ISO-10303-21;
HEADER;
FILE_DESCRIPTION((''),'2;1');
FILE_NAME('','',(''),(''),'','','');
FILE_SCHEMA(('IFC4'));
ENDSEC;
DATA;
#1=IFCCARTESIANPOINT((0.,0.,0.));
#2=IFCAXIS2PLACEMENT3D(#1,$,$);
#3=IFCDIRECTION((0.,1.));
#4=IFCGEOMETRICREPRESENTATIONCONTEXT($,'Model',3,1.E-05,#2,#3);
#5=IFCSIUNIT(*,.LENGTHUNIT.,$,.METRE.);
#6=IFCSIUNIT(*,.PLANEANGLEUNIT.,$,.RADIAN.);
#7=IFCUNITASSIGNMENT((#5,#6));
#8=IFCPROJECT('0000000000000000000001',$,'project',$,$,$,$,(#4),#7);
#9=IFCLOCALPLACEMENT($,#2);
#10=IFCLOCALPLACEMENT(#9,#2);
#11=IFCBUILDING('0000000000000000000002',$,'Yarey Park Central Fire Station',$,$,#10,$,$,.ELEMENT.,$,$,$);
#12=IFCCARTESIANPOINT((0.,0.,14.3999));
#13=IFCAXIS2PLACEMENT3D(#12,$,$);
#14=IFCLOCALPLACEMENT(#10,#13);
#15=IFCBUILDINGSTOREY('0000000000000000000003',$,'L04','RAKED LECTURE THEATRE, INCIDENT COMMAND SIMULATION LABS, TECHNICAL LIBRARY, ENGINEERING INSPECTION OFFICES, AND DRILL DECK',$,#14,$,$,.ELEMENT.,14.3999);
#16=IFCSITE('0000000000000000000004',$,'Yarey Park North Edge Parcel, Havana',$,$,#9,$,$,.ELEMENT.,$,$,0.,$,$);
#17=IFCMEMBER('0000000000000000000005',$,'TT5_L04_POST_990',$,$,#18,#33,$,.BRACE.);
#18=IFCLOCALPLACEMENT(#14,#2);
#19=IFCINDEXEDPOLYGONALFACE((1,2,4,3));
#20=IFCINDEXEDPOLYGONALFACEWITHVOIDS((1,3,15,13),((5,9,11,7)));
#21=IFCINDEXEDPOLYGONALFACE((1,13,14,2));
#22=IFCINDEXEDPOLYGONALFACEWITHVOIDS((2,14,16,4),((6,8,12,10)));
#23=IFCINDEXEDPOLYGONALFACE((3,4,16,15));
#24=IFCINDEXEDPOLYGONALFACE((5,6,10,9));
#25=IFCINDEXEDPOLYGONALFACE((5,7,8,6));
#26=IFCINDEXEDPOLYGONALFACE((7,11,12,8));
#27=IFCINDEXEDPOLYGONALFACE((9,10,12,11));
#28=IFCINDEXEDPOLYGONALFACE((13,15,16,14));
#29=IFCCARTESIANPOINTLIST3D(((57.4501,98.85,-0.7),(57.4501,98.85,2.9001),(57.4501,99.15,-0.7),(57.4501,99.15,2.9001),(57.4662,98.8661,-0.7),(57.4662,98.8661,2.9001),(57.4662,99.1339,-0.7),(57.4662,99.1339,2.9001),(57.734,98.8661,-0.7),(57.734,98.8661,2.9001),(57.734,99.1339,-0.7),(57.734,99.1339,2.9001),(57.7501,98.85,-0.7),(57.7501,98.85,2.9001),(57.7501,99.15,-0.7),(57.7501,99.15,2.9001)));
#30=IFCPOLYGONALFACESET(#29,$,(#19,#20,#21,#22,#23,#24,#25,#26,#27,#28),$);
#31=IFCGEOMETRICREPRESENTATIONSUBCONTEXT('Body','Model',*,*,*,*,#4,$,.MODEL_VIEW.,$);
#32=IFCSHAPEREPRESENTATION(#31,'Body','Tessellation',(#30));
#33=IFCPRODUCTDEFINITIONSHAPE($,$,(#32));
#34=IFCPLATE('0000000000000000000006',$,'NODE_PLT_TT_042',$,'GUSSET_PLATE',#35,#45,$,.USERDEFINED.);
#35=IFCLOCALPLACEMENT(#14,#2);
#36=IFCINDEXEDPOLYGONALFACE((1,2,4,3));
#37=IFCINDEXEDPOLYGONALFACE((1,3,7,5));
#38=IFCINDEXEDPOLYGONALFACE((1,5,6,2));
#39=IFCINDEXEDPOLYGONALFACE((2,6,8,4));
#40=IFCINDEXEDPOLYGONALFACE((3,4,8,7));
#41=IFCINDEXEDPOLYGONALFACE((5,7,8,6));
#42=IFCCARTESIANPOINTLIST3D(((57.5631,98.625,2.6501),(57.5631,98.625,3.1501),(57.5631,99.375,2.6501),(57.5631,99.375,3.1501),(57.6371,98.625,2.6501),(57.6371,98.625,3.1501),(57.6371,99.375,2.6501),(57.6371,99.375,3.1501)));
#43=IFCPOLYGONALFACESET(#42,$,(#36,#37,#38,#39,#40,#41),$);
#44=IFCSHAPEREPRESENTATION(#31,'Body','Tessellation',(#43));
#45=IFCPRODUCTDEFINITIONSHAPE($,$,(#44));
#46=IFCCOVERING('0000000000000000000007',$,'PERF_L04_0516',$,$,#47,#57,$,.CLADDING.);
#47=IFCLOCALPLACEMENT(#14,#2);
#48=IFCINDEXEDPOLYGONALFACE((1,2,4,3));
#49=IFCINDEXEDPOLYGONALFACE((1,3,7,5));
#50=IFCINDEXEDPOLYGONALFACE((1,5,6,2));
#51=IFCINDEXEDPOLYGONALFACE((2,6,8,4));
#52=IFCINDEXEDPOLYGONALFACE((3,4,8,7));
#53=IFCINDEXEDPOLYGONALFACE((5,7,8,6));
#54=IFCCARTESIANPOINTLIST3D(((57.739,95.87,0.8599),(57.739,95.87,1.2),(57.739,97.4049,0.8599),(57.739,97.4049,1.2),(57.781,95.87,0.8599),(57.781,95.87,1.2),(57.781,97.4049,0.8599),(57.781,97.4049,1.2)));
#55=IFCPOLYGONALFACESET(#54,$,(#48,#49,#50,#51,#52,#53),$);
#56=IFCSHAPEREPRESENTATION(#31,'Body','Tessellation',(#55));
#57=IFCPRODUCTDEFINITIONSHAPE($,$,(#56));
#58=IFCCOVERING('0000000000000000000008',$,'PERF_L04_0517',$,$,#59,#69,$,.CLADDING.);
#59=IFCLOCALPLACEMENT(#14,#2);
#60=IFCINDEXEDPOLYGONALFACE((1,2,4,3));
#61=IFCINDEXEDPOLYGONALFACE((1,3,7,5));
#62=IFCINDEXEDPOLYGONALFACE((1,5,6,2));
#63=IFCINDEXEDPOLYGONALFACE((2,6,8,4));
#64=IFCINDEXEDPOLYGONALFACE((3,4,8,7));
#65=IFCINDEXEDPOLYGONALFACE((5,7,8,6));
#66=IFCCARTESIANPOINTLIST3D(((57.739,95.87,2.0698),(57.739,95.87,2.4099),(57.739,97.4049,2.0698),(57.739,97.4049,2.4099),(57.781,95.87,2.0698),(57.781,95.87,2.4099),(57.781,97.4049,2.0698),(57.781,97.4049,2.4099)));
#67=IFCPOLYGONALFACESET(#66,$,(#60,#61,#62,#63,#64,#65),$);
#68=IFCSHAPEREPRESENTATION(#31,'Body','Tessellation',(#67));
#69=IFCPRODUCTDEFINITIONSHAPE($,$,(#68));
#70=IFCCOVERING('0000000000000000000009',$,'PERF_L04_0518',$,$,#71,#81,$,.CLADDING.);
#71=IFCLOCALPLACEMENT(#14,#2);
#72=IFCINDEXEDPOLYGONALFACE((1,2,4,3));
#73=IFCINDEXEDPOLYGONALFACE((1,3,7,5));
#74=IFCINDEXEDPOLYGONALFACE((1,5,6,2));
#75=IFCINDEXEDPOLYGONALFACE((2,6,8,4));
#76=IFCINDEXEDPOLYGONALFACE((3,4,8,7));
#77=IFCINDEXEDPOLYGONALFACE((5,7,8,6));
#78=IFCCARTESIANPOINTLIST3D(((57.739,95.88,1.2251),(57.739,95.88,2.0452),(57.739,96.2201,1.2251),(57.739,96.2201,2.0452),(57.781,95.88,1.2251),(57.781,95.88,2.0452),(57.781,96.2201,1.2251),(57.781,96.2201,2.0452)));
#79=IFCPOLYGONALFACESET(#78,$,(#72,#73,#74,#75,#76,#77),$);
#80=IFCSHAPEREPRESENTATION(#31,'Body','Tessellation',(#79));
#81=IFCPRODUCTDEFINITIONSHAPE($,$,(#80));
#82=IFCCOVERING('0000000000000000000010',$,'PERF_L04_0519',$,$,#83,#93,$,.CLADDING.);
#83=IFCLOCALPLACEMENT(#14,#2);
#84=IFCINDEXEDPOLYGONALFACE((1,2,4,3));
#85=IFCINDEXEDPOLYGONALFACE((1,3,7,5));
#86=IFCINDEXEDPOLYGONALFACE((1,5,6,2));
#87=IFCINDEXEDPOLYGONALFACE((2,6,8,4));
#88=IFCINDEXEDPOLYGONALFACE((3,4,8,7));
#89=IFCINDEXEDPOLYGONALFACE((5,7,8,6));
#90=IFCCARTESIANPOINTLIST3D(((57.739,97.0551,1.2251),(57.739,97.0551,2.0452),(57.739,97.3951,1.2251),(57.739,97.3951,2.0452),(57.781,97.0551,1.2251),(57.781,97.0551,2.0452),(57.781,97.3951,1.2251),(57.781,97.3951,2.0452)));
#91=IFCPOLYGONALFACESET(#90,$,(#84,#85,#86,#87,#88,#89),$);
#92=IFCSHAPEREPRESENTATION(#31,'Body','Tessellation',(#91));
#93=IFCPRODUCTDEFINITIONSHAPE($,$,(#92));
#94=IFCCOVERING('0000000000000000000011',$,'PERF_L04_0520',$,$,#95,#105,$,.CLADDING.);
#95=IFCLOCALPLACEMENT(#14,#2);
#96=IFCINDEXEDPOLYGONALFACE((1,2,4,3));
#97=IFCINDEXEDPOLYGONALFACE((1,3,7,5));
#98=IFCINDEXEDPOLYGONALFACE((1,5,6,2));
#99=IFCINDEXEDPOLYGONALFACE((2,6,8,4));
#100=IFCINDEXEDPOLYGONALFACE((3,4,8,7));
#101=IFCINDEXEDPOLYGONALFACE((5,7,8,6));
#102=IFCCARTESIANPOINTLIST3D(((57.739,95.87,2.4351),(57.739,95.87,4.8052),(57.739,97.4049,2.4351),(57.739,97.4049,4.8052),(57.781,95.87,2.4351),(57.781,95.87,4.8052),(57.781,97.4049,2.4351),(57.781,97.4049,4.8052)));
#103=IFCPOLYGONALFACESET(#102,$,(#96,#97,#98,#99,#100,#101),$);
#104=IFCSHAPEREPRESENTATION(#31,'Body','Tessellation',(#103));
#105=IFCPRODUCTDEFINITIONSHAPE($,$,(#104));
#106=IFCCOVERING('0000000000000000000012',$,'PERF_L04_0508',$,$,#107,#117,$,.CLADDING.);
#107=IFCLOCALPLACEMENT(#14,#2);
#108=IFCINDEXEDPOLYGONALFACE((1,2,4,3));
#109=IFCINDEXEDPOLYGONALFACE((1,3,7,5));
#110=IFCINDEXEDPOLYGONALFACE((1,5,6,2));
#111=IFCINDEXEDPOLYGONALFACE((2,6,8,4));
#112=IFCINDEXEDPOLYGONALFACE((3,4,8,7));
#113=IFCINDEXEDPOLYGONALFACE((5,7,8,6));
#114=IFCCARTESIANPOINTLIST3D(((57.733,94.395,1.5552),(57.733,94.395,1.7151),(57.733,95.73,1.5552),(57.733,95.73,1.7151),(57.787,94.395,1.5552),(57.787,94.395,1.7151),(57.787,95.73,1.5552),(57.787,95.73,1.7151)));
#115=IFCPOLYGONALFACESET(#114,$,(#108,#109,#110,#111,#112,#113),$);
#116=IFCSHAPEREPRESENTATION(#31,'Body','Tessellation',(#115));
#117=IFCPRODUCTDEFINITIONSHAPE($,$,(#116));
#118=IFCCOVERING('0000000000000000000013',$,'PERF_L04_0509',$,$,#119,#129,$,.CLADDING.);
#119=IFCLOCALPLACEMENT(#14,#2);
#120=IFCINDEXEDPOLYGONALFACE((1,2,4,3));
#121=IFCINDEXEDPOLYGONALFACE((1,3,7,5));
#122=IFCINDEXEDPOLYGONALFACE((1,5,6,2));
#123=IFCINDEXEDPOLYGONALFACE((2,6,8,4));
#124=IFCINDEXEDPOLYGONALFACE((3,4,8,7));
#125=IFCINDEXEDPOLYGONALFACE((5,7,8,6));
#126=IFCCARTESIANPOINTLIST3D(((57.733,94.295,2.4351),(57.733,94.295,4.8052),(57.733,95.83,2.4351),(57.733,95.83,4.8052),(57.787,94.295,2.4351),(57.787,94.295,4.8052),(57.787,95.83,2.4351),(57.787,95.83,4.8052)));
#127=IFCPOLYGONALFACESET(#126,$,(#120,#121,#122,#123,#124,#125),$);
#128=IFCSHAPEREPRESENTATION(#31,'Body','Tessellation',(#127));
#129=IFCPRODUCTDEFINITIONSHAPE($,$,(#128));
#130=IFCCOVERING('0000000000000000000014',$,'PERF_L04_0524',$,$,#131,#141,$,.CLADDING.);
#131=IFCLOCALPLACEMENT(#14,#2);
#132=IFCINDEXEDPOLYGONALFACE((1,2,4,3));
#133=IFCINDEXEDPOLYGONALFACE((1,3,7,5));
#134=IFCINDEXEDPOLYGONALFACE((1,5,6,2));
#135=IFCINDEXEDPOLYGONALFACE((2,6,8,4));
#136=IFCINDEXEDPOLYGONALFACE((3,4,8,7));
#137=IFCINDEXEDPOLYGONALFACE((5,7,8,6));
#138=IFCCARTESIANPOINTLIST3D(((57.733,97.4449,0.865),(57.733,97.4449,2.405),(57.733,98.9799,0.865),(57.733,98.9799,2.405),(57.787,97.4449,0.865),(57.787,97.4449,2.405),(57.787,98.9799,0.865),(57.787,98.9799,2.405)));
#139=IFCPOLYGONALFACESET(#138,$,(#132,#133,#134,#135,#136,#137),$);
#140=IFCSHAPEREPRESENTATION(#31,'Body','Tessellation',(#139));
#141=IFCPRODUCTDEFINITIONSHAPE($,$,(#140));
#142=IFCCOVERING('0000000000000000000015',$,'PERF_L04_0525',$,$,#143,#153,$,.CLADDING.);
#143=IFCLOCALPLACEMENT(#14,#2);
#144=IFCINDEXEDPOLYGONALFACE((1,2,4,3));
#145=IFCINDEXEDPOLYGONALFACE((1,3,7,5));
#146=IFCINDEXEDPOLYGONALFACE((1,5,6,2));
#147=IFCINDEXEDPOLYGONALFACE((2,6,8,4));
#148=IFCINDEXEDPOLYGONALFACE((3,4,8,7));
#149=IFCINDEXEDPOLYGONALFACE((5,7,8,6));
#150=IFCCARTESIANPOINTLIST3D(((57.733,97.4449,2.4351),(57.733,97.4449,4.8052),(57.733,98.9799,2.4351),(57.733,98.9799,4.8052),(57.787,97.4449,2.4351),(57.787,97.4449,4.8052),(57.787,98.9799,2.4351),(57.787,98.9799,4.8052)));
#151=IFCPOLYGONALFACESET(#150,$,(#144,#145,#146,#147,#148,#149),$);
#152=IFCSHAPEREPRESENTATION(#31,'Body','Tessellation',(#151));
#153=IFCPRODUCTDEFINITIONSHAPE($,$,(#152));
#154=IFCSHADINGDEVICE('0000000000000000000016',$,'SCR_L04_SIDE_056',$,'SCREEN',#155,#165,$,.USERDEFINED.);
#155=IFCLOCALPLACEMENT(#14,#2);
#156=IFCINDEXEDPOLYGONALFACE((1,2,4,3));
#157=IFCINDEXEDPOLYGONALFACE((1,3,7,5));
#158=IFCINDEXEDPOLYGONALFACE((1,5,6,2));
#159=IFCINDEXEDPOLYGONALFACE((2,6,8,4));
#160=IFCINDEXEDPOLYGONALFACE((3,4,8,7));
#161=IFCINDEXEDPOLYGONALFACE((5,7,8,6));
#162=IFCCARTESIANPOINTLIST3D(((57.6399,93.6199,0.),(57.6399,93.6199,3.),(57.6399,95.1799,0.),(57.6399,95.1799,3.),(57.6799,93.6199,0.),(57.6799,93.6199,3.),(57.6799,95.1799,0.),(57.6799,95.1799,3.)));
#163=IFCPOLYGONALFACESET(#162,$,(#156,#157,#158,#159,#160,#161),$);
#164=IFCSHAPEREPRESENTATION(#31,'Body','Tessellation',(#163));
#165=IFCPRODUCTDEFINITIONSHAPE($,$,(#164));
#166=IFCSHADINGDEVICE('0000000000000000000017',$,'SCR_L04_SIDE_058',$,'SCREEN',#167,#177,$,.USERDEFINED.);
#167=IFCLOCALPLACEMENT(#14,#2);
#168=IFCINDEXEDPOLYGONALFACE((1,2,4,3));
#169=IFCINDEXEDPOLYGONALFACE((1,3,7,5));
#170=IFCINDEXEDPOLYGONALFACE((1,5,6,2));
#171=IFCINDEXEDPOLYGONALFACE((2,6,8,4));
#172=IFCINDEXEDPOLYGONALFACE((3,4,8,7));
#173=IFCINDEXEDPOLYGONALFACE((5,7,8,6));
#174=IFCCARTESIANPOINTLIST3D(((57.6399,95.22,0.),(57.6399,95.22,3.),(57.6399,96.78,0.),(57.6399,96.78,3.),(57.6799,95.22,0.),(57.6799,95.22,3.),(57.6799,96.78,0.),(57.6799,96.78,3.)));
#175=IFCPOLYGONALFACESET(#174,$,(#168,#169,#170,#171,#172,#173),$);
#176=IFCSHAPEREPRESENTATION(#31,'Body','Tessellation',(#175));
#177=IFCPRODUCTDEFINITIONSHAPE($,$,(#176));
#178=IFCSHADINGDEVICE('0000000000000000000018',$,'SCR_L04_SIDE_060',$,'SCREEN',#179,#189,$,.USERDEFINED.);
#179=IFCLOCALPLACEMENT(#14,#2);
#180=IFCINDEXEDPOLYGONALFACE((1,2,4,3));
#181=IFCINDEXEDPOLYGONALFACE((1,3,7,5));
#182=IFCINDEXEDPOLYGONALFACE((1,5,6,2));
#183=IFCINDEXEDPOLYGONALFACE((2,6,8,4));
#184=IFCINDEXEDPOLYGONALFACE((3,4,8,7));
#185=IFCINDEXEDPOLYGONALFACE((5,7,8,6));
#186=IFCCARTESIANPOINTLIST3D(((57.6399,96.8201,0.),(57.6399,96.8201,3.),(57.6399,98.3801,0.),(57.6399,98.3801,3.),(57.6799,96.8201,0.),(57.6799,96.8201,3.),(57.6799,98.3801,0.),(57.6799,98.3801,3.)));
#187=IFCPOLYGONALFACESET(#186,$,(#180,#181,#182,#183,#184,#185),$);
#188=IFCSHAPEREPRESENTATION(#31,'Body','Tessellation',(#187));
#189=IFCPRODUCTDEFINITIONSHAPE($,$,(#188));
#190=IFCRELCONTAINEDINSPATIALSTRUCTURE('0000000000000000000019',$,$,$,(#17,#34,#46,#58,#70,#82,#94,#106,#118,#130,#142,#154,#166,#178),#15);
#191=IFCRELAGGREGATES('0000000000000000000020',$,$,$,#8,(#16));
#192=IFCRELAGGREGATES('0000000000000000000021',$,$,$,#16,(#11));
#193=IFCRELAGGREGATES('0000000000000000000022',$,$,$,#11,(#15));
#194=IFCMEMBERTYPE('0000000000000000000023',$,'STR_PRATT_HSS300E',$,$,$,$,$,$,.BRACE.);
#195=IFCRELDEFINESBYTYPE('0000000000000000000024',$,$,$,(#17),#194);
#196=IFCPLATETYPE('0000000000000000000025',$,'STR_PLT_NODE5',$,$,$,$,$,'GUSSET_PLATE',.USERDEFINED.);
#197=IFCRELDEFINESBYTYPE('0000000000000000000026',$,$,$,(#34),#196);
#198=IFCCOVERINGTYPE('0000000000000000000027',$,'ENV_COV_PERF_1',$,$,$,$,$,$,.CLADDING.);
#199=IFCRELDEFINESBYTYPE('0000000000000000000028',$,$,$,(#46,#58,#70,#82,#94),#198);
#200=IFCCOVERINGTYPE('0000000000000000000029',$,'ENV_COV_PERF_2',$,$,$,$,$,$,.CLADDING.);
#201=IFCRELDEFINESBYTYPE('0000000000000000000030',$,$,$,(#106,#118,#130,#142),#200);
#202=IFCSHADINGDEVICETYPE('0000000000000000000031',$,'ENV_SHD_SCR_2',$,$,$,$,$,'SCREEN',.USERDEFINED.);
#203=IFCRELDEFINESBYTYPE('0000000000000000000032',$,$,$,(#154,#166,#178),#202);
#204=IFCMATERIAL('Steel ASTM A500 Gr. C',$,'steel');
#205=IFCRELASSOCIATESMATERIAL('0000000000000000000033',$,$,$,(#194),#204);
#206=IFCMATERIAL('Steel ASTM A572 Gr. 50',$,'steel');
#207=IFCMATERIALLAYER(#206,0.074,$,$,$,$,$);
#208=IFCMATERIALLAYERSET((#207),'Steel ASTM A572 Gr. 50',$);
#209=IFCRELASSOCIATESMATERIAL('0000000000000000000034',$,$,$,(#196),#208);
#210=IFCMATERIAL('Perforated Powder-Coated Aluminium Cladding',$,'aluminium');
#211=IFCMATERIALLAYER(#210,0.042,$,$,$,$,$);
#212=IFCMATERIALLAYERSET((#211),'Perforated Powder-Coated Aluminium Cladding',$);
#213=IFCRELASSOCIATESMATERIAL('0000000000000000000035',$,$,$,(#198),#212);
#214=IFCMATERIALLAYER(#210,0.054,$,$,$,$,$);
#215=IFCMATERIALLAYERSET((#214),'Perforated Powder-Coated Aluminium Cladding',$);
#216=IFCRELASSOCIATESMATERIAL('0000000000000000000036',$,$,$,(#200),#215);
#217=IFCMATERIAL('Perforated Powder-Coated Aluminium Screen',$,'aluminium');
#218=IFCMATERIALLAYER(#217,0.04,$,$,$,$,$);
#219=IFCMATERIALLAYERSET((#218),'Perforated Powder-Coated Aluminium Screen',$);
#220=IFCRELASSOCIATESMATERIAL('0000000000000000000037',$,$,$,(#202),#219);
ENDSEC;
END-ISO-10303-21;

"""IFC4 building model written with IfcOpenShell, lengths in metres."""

from ifc_helpers import new_model, si_unit, direction, frame, origin, origin_2d, place, context, subcontext, project, spatial, rectangle, hollow_rectangle, extrude, material, layer, layer_set, material_profile, profile_set, type_object, element, save


model = new_model("IFC4")

# Units and contexts
model_context = context("Model", 3, precision=1e-05, world=origin(), true_north=direction((0.0, 1.0)))
body_context = subcontext(model_context, "Body", "Model", "MODEL_VIEW")
ifc_project = project(units=[si_unit("LENGTHUNIT", "METRE"), si_unit("PLANEANGLEUNIT", "RADIAN")], contexts=[model_context])

# Site, building, storey
site_placement = place(None, origin())
site = spatial("IfcSite", under=ifc_project, at=site_placement, Name="Yarey Park North Edge Parcel, Havana", CompositionType="ELEMENT", RefElevation=0.0)
building_placement = place(site_placement, origin())
building = spatial("IfcBuilding", under=site, at=building_placement, Name="Yarey Park Central Fire Station", CompositionType="ELEMENT")
storey_placement = place(building_placement, frame((0.0, 0.0, 14.3999)))
storey = spatial("IfcBuildingStorey", under=building, at=storey_placement, Name="L04", Description="RAKED LECTURE THEATRE, INCIDENT COMMAND SIMULATION LABS, TECHNICAL LIBRARY, ENGINEERING INSPECTION OFFICES, AND DRILL DECK", CompositionType="ELEMENT", Elevation=14.3999)

# Member
ifc_material_1 = material(Name="Steel ASTM A500 Gr. C", Category="steel")
ifc_material_profile = material_profile(ifc_material_1, hollow_rectangle(XDim=0.3, YDim=0.3, WallThickness=0.0161, at=origin_2d()), Name="HSS 300x300x16")
ifc_profile_set = profile_set([ifc_material_profile], Name="Steel ASTM A500 Gr. C")
member_type = type_object("IfcMemberType", Name="STR_PRATT_HSS300E", PredefinedType="BRACE", material=ifc_profile_set)
member_placement = place(storey_placement, frame((57.6001, 99.0, -0.7), z_axis=(0.0, 0.0, 1.0), x_axis=(1.0, 0.0, 0.0)))
element("IfcMember", 1, at=member_placement, inside=storey, type_object=member_type, Name="TT5_L04_POST_990", PredefinedType="BRACE", context=body_context, shape_type="SweptSolid", body=[
    extrude(hollow_rectangle(XDim=0.3, YDim=0.3, WallThickness=0.0161, at=origin_2d()), origin(), (0.0, 0.0, 1.0), 3.6001),
])

# Plate
ifc_material_2 = material(Name="Steel ASTM A572 Gr. 50", Category="steel")
ifc_layer_1 = layer(ifc_material_2, 0.074)
ifc_layer_set_1 = layer_set([ifc_layer_1], Name="Steel ASTM A572 Gr. 50")
plate_type = type_object("IfcPlateType", Name="STR_PLT_NODE5", ElementType="GUSSET_PLATE", PredefinedType="USERDEFINED", material=ifc_layer_set_1)
plate_placement = place(storey_placement, frame((57.6001, 99.0, 2.6501), z_axis=(0.0, 0.0, 1.0), x_axis=(1.0, 0.0, 0.0)))
element("IfcPlate", 2, at=plate_placement, inside=storey, type_object=plate_type, Name="NODE_PLT_TT_042", ObjectType="GUSSET_PLATE", PredefinedType="USERDEFINED", context=body_context, shape_type="SweptSolid", body=[
    extrude(rectangle(XDim=0.074, YDim=0.75, at=origin_2d()), origin(), (0.0, 0.0, 1.0), 0.5),
])

# Coverings
ifc_material_3 = material(Name="Perforated Powder-Coated Aluminium Cladding", Category="aluminium")
ifc_layer_2 = layer(ifc_material_3, 0.042)
ifc_layer_set_2 = layer_set([ifc_layer_2], Name="Perforated Powder-Coated Aluminium Cladding")
covering_type_1 = type_object("IfcCoveringType", Name="ENV_COV_PERF_1", PredefinedType="CLADDING", material=ifc_layer_set_2)
for number, where, z_axis, x_axis, name in (
    (3, (57.76, 96.6375, 0.8599), (0.0, 0.0, 1.0), (0.0, 1.0, 0.0), "PERF_L04_0516"),
    (4, (57.76, 96.6375, 2.0698), (0.0, 0.0, 1.0), (0.0, 1.0, 0.0), "PERF_L04_0517"),
):
    element("IfcCovering", number, at=place(storey_placement, frame(where, z_axis=z_axis, x_axis=x_axis)), inside=storey, type_object=covering_type_1, Name=name, PredefinedType="CLADDING", context=body_context, shape_type="SweptSolid", body=[
        extrude(rectangle(XDim=1.5349, YDim=0.042, at=origin_2d()), origin(), (0.0, 0.0, 1.0), 0.3401),
    ])
for number, where, z_axis, x_axis, name in (
    (5, (57.76, 96.05, 1.2251), (0.0, 0.0, 1.0), (0.0, 1.0, 0.0), "PERF_L04_0518"),
    (6, (57.76, 97.2251, 1.2251), (0.0, 0.0, 1.0), (0.0, 1.0, 0.0), "PERF_L04_0519"),
):
    element("IfcCovering", number, at=place(storey_placement, frame(where, z_axis=z_axis, x_axis=x_axis)), inside=storey, type_object=covering_type_1, Name=name, PredefinedType="CLADDING", context=body_context, shape_type="SweptSolid", body=[
        extrude(rectangle(XDim=0.3401, YDim=0.042, at=origin_2d()), origin(), (0.0, 0.0, 1.0), 0.8201),
    ])
covering_1_placement = place(storey_placement, frame((57.76, 96.6375, 2.4351), z_axis=(0.0, 0.0, 1.0), x_axis=(0.0, 1.0, 0.0)))
element("IfcCovering", 7, at=covering_1_placement, inside=storey, type_object=covering_type_1, Name="PERF_L04_0520", PredefinedType="CLADDING", context=body_context, shape_type="SweptSolid", body=[
    extrude(rectangle(XDim=1.5349, YDim=0.042, at=origin_2d()), origin(), (0.0, 0.0, 1.0), 2.3701),
])
ifc_layer_3 = layer(ifc_material_3, 0.054)
ifc_layer_set_3 = layer_set([ifc_layer_3], Name="Perforated Powder-Coated Aluminium Cladding")
covering_type_2 = type_object("IfcCoveringType", Name="ENV_COV_PERF_2", PredefinedType="CLADDING", material=ifc_layer_set_3)
covering_2_placement = place(storey_placement, frame((57.76, 95.0625, 1.5552), z_axis=(0.0, 0.0, 1.0), x_axis=(0.0, 1.0, 0.0)))
element("IfcCovering", 8, at=covering_2_placement, inside=storey, type_object=covering_type_2, Name="PERF_L04_0508", PredefinedType="CLADDING", context=body_context, shape_type="SweptSolid", body=[
    extrude(rectangle(XDim=1.335, YDim=0.054, at=origin_2d()), origin(), (0.0, 0.0, 1.0), 0.1599),
])
covering_3_placement = place(storey_placement, frame((57.76, 95.0625, 2.4351), z_axis=(0.0, 0.0, 1.0), x_axis=(0.0, 1.0, 0.0)))
element("IfcCovering", 9, at=covering_3_placement, inside=storey, type_object=covering_type_2, Name="PERF_L04_0509", PredefinedType="CLADDING", context=body_context, shape_type="SweptSolid", body=[
    extrude(rectangle(XDim=1.5349, YDim=0.054, at=origin_2d()), origin(), (0.0, 0.0, 1.0), 2.3701),
])
covering_4_placement = place(storey_placement, frame((57.76, 98.2124, 0.865), z_axis=(0.0, 0.0, 1.0), x_axis=(0.0, 1.0, 0.0)))
element("IfcCovering", 10, at=covering_4_placement, inside=storey, type_object=covering_type_2, Name="PERF_L04_0524", PredefinedType="CLADDING", context=body_context, shape_type="SweptSolid", body=[
    extrude(rectangle(XDim=1.5349, YDim=0.054, at=origin_2d()), origin(), (0.0, 0.0, 1.0), 1.54),
])
covering_5_placement = place(storey_placement, frame((57.76, 98.2124, 2.4351), z_axis=(0.0, 0.0, 1.0), x_axis=(0.0, 1.0, 0.0)))
element("IfcCovering", 11, at=covering_5_placement, inside=storey, type_object=covering_type_2, Name="PERF_L04_0525", PredefinedType="CLADDING", context=body_context, shape_type="SweptSolid", body=[
    extrude(rectangle(XDim=1.5349, YDim=0.054, at=origin_2d()), origin(), (0.0, 0.0, 1.0), 2.3701),
])

# Shading devices
ifc_material_4 = material(Name="Perforated Powder-Coated Aluminium Screen", Category="aluminium")
ifc_layer_4 = layer(ifc_material_4, 0.04)
ifc_layer_set_4 = layer_set([ifc_layer_4], Name="Perforated Powder-Coated Aluminium Screen")
shading_device_type = type_object("IfcShadingDeviceType", Name="ENV_SHD_SCR_2", ElementType="SCREEN", PredefinedType="USERDEFINED", material=ifc_layer_set_4)
for number, where, z_axis, x_axis, name in (
    (12, (57.6599, 94.3999, 0.0), (0.0, 0.0, 1.0), (0.0, 1.0, 0.0), "SCR_L04_SIDE_056"),
    (13, (57.6599, 96.0, 0.0), (0.0, 0.0, 1.0), (0.0, 1.0, 0.0), "SCR_L04_SIDE_058"),
    (14, (57.6599, 97.6001, 0.0), (0.0, 0.0, 1.0), (0.0, 1.0, 0.0), "SCR_L04_SIDE_060"),
):
    element("IfcShadingDevice", number, at=place(storey_placement, frame(where, z_axis=z_axis, x_axis=x_axis)), inside=storey, type_object=shading_device_type, Name=name, ObjectType="SCREEN", PredefinedType="USERDEFINED", context=body_context, shape_type="SweptSolid", body=[
        extrude(rectangle(XDim=1.5601, YDim=0.04, at=origin_2d()), origin(), (0.0, 0.0, 1.0), 3.0),
    ])

save(model, "model.ifc")
